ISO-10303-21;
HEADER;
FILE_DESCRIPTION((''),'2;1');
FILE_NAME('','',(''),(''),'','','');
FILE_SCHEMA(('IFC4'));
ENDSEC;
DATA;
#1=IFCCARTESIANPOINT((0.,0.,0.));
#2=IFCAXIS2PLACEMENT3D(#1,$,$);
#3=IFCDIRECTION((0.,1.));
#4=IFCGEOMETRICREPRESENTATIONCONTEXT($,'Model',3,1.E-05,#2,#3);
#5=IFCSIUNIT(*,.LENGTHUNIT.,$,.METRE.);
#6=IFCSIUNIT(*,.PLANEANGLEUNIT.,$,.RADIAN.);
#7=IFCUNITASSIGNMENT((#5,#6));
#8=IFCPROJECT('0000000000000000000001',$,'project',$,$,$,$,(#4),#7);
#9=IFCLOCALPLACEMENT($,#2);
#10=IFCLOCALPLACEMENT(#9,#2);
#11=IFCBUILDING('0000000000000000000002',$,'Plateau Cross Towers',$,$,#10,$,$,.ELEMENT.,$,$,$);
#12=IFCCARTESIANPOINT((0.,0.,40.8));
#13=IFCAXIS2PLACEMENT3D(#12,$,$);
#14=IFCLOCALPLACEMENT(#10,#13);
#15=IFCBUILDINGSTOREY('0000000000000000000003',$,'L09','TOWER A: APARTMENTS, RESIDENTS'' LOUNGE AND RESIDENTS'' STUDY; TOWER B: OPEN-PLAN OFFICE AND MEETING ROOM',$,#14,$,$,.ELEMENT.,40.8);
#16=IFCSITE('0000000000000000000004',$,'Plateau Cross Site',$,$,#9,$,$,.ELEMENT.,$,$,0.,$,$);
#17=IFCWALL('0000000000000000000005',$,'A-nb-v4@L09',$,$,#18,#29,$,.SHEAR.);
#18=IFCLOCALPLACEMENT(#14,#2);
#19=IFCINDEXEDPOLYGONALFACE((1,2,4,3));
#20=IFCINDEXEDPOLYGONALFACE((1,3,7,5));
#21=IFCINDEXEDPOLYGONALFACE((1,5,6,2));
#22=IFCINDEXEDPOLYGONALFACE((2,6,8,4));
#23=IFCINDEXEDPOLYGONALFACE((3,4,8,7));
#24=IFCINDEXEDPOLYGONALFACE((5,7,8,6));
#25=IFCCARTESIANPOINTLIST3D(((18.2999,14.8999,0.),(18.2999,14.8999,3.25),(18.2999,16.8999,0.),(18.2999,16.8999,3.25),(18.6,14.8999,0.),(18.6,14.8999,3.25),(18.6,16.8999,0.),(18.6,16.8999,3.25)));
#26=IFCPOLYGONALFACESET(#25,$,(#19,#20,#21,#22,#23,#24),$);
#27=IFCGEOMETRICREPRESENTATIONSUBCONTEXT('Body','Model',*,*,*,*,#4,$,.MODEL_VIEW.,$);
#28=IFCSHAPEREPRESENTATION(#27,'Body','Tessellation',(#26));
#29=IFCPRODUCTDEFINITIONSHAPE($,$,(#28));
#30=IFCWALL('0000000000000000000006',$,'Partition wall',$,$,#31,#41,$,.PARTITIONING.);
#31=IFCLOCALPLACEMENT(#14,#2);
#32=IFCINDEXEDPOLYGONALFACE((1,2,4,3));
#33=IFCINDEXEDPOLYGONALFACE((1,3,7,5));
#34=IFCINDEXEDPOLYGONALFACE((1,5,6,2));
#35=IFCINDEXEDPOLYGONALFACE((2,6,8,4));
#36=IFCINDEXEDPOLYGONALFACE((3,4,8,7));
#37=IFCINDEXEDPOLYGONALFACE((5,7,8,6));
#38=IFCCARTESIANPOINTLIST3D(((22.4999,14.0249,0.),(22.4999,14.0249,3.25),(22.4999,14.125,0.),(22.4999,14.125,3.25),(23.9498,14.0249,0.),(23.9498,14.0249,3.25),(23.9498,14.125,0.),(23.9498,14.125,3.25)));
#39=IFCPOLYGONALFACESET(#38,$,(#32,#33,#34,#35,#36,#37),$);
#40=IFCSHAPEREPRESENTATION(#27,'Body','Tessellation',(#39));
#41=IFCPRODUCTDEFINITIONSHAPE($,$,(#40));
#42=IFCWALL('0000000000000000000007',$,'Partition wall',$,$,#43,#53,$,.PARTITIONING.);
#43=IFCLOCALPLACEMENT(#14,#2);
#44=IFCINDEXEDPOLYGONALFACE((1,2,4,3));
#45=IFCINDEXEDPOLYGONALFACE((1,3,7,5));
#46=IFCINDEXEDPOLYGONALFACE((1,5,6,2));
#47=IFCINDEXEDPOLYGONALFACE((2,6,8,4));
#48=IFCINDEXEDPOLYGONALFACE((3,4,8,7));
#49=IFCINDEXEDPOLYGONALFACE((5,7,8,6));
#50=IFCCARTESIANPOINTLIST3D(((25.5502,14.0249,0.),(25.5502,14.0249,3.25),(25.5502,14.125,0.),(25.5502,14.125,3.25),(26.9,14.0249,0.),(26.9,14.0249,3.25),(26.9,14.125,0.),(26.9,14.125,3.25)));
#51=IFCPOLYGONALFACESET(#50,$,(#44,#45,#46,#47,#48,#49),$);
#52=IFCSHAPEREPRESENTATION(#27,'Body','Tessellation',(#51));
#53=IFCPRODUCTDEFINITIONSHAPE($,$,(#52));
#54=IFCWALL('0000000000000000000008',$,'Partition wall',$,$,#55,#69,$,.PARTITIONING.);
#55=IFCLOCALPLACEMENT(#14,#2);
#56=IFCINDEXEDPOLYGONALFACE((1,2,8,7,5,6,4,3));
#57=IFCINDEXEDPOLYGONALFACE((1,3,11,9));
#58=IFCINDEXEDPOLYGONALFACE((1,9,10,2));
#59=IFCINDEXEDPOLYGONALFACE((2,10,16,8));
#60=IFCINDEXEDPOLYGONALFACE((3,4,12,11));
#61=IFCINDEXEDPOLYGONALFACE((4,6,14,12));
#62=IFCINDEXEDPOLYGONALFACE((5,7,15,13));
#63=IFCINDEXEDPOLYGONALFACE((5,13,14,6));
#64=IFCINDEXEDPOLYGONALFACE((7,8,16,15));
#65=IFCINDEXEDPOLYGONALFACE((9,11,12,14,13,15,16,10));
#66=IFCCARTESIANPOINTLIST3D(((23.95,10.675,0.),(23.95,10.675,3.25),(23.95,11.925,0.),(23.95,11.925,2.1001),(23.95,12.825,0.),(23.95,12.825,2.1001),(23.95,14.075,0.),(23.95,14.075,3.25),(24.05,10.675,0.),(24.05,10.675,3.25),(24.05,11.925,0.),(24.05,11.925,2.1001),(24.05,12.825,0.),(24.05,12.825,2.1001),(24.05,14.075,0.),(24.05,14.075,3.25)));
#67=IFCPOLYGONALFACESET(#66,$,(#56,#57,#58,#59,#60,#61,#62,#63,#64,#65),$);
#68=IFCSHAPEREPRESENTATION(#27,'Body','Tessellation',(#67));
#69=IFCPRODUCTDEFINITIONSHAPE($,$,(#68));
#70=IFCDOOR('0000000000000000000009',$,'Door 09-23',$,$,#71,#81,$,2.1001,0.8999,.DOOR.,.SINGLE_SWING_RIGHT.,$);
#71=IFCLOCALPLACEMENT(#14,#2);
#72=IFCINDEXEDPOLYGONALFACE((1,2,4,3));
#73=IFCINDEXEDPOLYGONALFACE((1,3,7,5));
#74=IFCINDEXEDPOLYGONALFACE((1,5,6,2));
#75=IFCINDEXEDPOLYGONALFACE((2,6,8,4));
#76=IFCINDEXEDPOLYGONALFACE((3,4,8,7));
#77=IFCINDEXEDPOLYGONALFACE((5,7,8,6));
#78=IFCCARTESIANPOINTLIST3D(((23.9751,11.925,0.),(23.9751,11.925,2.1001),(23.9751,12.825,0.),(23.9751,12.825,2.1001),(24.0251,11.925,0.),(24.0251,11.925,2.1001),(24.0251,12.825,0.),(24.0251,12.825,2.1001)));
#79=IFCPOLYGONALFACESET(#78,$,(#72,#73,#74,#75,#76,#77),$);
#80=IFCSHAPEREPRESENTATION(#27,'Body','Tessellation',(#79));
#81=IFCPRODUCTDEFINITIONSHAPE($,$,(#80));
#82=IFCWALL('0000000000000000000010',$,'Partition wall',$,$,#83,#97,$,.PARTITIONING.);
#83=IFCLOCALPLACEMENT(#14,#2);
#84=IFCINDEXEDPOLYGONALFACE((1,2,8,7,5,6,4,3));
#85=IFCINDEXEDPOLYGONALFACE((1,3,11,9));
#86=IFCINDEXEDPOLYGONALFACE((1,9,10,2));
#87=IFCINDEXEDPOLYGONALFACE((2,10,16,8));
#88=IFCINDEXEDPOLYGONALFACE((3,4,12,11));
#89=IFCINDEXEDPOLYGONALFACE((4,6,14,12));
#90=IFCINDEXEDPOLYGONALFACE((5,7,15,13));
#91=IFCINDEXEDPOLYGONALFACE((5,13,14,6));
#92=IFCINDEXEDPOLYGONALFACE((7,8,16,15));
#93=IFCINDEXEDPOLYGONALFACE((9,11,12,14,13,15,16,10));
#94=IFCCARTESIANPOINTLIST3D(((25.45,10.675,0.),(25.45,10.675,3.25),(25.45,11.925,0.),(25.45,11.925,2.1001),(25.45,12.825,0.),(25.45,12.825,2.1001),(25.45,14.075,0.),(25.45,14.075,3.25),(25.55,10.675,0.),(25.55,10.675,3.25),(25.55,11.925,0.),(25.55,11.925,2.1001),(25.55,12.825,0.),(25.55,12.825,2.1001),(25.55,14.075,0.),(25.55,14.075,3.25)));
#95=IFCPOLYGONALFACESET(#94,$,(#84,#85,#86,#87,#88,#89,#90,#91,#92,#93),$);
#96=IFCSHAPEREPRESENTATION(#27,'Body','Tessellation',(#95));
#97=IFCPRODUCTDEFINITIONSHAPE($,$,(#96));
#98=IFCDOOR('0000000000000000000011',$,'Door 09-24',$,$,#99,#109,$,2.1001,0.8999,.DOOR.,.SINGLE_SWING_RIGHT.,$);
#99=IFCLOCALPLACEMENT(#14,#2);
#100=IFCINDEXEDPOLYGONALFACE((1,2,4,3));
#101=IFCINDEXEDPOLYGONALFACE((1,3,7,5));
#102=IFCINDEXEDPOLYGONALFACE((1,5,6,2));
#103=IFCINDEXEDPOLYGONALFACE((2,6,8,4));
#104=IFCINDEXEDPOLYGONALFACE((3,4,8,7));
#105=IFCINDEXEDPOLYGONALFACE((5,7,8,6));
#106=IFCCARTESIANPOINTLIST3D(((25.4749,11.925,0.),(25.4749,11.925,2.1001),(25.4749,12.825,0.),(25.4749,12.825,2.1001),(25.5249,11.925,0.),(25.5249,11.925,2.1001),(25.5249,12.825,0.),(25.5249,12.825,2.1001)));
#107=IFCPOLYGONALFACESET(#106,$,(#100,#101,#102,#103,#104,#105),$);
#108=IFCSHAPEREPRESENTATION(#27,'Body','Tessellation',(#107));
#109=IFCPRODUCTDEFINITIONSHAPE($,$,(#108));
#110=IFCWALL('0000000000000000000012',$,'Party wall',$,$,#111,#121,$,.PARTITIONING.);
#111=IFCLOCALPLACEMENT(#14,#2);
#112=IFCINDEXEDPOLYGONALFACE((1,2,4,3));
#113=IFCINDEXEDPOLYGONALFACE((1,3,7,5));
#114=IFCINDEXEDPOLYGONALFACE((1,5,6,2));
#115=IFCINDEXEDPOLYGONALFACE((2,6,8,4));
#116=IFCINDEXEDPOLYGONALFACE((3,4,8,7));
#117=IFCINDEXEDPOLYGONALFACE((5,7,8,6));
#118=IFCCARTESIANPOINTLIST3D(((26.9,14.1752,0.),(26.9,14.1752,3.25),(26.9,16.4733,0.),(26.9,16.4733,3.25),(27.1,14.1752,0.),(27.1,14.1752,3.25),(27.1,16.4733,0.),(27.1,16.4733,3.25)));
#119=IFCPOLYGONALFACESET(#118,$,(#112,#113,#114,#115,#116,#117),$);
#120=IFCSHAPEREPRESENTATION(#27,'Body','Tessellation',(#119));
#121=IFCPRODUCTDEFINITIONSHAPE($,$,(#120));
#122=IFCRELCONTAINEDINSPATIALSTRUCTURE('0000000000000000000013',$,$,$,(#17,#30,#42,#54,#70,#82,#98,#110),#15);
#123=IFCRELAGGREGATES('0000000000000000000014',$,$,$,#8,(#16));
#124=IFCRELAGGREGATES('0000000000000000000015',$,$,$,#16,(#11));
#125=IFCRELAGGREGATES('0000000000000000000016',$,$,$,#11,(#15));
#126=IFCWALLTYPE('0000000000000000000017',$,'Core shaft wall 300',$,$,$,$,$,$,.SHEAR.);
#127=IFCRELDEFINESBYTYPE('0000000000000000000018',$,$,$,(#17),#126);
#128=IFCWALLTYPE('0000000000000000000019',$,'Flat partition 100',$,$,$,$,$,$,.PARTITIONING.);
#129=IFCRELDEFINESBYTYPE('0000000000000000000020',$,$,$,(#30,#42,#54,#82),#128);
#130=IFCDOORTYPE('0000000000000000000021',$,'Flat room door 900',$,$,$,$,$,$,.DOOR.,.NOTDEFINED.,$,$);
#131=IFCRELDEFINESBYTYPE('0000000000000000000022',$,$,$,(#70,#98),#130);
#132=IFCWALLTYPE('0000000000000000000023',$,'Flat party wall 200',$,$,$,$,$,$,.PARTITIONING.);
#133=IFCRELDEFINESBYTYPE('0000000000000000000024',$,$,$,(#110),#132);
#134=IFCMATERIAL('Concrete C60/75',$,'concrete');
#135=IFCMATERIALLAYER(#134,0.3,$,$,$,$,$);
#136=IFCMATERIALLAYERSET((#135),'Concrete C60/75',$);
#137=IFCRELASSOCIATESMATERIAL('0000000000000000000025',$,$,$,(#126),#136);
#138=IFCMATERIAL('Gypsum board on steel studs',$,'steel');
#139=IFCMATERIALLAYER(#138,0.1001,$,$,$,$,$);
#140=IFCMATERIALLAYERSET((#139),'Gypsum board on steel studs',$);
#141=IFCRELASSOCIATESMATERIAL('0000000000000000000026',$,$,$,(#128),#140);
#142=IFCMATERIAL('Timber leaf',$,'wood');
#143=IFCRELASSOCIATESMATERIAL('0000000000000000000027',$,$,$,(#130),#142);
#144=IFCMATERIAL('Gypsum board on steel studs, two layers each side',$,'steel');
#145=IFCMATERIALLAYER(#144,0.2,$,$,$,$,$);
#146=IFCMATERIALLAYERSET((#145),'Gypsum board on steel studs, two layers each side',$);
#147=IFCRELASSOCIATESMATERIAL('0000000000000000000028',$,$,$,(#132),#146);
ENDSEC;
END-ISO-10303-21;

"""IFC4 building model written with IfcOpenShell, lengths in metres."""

from ifc_helpers import new_model, si_unit, direction, frame, frame_2d, origin, place, context, subcontext, project, spatial, rectangle, extrude, material, layer, layer_set, type_object, element, fill, save


model = new_model("IFC4")

# Units and contexts
model_context = context("Model", 3, precision=1e-05, world=origin(), true_north=direction((0.0, 1.0)))
body_context = subcontext(model_context, "Body", "Model", "MODEL_VIEW")
ifc_project = project(units=[si_unit("LENGTHUNIT", "METRE"), si_unit("PLANEANGLEUNIT", "RADIAN")], contexts=[model_context])

# Site, building, storey
site_placement = place(None, origin())
site = spatial("IfcSite", under=ifc_project, at=site_placement, Name="Plateau Cross Site", CompositionType="ELEMENT", RefElevation=0.0)
building_placement = place(site_placement, origin())
building = spatial("IfcBuilding", under=site, at=building_placement, Name="Plateau Cross Towers", CompositionType="ELEMENT")
storey_placement = place(building_placement, frame((0.0, 0.0, 40.8)))
storey = spatial("IfcBuildingStorey", under=building, at=storey_placement, Name="L09", Description="TOWER A: APARTMENTS, RESIDENTS' LOUNGE AND RESIDENTS' STUDY; TOWER B: OPEN-PLAN OFFICE AND MEETING ROOM", CompositionType="ELEMENT", Elevation=40.8)

# Walls
ifc_material_1 = material(Name="Concrete C60/75", Category="concrete")
ifc_layer_1 = layer(ifc_material_1, 0.3)
ifc_layer_set_1 = layer_set([ifc_layer_1], Name="Concrete C60/75")
wall_type_1 = type_object("IfcWallType", Name="Core shaft wall 300", PredefinedType="SHEAR", material=ifc_layer_set_1)
wall_1_placement = place(storey_placement, frame((18.45, 14.8999, 0.0), z_axis=(0.0, 0.0, 1.0), x_axis=(0.0, 1.0, 0.0)))
element("IfcWall", 1, at=wall_1_placement, inside=storey, type_object=wall_type_1, Name="A-nb-v4@L09", PredefinedType="SHEAR", context=body_context, shape_type="SweptSolid", body=[
    extrude(rectangle(XDim=2.0, YDim=0.3, at=frame_2d((1.0, 0.0))), origin(), (0.0, 0.0, 1.0), 3.25),
])
ifc_material_2 = material(Name="Gypsum board on steel studs", Category="steel")
ifc_layer_2 = layer(ifc_material_2, 0.1001)
ifc_layer_set_2 = layer_set([ifc_layer_2], Name="Gypsum board on steel studs")
wall_type_2 = type_object("IfcWallType", Name="Flat partition 100", PredefinedType="PARTITIONING", material=ifc_layer_set_2)
wall_2_placement = place(storey_placement, frame((23.95, 14.075, 0.0), z_axis=(0.0, 0.0, 1.0), x_axis=(-1.0, 0.0, 0.0)))
element("IfcWall", 2, at=wall_2_placement, inside=storey, type_object=wall_type_2, Name="Partition wall", PredefinedType="PARTITIONING", context=body_context, shape_type="SweptSolid", body=[
    extrude(rectangle(XDim=1.45, YDim=0.1001, at=frame_2d((0.7251, 0.0))), origin(), (0.0, 0.0, 1.0), 3.25),
])
wall_3_placement = place(storey_placement, frame((26.8999, 14.075, 0.0), z_axis=(0.0, 0.0, 1.0), x_axis=(-1.0, 0.0, 0.0)))
element("IfcWall", 3, at=wall_3_placement, inside=storey, type_object=wall_type_2, Name="Partition wall", PredefinedType="PARTITIONING", context=body_context, shape_type="SweptSolid", body=[
    extrude(rectangle(XDim=1.3499, YDim=0.1001, at=frame_2d((0.6748, 0.0))), origin(), (0.0, 0.0, 1.0), 3.25),
])

# Walls, openings, doors
wall_4_placement = place(storey_placement, frame((24.0, 10.675, 0.0), z_axis=(0.0, 0.0, 1.0), x_axis=(0.0, 1.0, 0.0)))
wall_4 = element("IfcWall", 4, at=wall_4_placement, inside=storey, type_object=wall_type_2, Name="Partition wall", PredefinedType="PARTITIONING", context=body_context, shape_type="SweptSolid", body=[
    extrude(rectangle(XDim=3.3999, YDim=0.1001, at=frame_2d((1.7, 0.0))), origin(), (0.0, 0.0, 1.0), 3.25),
])
opening_1_placement = place(wall_4_placement, frame((1.25, 0.0, 0.0)))
opening_1 = element("IfcOpeningElement", 5, at=opening_1_placement, cuts=wall_4, PredefinedType="OPENING", context=body_context, shape_type="SweptSolid", body=[
    extrude(rectangle(XDim=0.8999, YDim=2.1001, at=frame_2d((0.45, 1.05))), frame((0.0, 0.0601, 0.0), z_axis=(0.0, -1.0, 0.0), x_axis=(1.0, 0.0, 0.0)), (0.0, 0.0, 1.0), 0.1201),
])
ifc_material_3 = material(Name="Timber leaf", Category="wood")
door_type_1 = type_object("IfcDoorType", Name="Flat room door 900", OperationType="NOTDEFINED", PredefinedType="DOOR", material=ifc_material_3)
door_1_placement = place(opening_1_placement, origin())
door_1 = element("IfcDoor", 6, at=door_1_placement, inside=storey, type_object=door_type_1, Name="Door 09-23", OperationType="SINGLE_SWING_RIGHT", OverallHeight=2.1001, OverallWidth=0.8999, PredefinedType="DOOR", context=body_context, shape_type="SweptSolid", body=[
    extrude(rectangle(XDim=0.8999, YDim=2.1001, at=frame_2d((0.45, 1.05))), frame((0.0, 0.0249, 0.0), z_axis=(0.0, -1.0, 0.0), x_axis=(1.0, 0.0, 0.0)), (0.0, 0.0, 1.0), 0.05),
])
fill(opening_1, door_1)
wall_5_placement = place(storey_placement, frame((25.5, 14.075, 0.0), z_axis=(0.0, 0.0, 1.0), x_axis=(0.0, -1.0, 0.0)))
wall_5 = element("IfcWall", 7, at=wall_5_placement, inside=storey, type_object=wall_type_2, Name="Partition wall", PredefinedType="PARTITIONING", context=body_context, shape_type="SweptSolid", body=[
    extrude(rectangle(XDim=3.3999, YDim=0.1001, at=frame_2d((1.7, 0.0))), origin(), (0.0, 0.0, 1.0), 3.25),
])
opening_2_placement = place(wall_5_placement, frame((1.25, 0.0, 0.0)))
opening_2 = element("IfcOpeningElement", 8, at=opening_2_placement, cuts=wall_5, PredefinedType="OPENING", context=body_context, shape_type="SweptSolid", body=[
    extrude(rectangle(XDim=0.8999, YDim=2.1001, at=frame_2d((0.45, 1.05))), frame((0.0, 0.0601, 0.0), z_axis=(0.0, -1.0, 0.0), x_axis=(1.0, 0.0, 0.0)), (0.0, 0.0, 1.0), 0.1201),
])
door_2_placement = place(opening_2_placement, origin())
door_2 = element("IfcDoor", 9, at=door_2_placement, inside=storey, type_object=door_type_1, Name="Door 09-24", OperationType="SINGLE_SWING_RIGHT", OverallHeight=2.1001, OverallWidth=0.8999, PredefinedType="DOOR", context=body_context, shape_type="SweptSolid", body=[
    extrude(rectangle(XDim=0.8999, YDim=2.1001, at=frame_2d((0.45, 1.05))), frame((0.0, 0.0249, 0.0), z_axis=(0.0, -1.0, 0.0), x_axis=(1.0, 0.0, 0.0)), (0.0, 0.0, 1.0), 0.05),
])
fill(opening_2, door_2)

# Wall
ifc_material_4 = material(Name="Gypsum board on steel studs, two layers each side", Category="steel")
ifc_layer_3 = layer(ifc_material_4, 0.2)
ifc_layer_set_3 = layer_set([ifc_layer_3], Name="Gypsum board on steel studs, two layers each side")
wall_type_3 = type_object("IfcWallType", Name="Flat party wall 200", PredefinedType="PARTITIONING", material=ifc_layer_set_3)
wall_6_placement = place(storey_placement, frame((27.0, 16.4731, 0.0), z_axis=(0.0, 0.0, 1.0), x_axis=(0.0, -1.0, 0.0)))
element("IfcWall", 10, at=wall_6_placement, inside=storey, type_object=wall_type_3, Name="Party wall", PredefinedType="PARTITIONING", context=body_context, shape_type="SweptSolid", body=[
    extrude(rectangle(XDim=2.2981, YDim=0.2, at=frame_2d((1.1489, 0.0))), origin(), (0.0, 0.0, 1.0), 3.25),
])

save(model, "model.ifc")
